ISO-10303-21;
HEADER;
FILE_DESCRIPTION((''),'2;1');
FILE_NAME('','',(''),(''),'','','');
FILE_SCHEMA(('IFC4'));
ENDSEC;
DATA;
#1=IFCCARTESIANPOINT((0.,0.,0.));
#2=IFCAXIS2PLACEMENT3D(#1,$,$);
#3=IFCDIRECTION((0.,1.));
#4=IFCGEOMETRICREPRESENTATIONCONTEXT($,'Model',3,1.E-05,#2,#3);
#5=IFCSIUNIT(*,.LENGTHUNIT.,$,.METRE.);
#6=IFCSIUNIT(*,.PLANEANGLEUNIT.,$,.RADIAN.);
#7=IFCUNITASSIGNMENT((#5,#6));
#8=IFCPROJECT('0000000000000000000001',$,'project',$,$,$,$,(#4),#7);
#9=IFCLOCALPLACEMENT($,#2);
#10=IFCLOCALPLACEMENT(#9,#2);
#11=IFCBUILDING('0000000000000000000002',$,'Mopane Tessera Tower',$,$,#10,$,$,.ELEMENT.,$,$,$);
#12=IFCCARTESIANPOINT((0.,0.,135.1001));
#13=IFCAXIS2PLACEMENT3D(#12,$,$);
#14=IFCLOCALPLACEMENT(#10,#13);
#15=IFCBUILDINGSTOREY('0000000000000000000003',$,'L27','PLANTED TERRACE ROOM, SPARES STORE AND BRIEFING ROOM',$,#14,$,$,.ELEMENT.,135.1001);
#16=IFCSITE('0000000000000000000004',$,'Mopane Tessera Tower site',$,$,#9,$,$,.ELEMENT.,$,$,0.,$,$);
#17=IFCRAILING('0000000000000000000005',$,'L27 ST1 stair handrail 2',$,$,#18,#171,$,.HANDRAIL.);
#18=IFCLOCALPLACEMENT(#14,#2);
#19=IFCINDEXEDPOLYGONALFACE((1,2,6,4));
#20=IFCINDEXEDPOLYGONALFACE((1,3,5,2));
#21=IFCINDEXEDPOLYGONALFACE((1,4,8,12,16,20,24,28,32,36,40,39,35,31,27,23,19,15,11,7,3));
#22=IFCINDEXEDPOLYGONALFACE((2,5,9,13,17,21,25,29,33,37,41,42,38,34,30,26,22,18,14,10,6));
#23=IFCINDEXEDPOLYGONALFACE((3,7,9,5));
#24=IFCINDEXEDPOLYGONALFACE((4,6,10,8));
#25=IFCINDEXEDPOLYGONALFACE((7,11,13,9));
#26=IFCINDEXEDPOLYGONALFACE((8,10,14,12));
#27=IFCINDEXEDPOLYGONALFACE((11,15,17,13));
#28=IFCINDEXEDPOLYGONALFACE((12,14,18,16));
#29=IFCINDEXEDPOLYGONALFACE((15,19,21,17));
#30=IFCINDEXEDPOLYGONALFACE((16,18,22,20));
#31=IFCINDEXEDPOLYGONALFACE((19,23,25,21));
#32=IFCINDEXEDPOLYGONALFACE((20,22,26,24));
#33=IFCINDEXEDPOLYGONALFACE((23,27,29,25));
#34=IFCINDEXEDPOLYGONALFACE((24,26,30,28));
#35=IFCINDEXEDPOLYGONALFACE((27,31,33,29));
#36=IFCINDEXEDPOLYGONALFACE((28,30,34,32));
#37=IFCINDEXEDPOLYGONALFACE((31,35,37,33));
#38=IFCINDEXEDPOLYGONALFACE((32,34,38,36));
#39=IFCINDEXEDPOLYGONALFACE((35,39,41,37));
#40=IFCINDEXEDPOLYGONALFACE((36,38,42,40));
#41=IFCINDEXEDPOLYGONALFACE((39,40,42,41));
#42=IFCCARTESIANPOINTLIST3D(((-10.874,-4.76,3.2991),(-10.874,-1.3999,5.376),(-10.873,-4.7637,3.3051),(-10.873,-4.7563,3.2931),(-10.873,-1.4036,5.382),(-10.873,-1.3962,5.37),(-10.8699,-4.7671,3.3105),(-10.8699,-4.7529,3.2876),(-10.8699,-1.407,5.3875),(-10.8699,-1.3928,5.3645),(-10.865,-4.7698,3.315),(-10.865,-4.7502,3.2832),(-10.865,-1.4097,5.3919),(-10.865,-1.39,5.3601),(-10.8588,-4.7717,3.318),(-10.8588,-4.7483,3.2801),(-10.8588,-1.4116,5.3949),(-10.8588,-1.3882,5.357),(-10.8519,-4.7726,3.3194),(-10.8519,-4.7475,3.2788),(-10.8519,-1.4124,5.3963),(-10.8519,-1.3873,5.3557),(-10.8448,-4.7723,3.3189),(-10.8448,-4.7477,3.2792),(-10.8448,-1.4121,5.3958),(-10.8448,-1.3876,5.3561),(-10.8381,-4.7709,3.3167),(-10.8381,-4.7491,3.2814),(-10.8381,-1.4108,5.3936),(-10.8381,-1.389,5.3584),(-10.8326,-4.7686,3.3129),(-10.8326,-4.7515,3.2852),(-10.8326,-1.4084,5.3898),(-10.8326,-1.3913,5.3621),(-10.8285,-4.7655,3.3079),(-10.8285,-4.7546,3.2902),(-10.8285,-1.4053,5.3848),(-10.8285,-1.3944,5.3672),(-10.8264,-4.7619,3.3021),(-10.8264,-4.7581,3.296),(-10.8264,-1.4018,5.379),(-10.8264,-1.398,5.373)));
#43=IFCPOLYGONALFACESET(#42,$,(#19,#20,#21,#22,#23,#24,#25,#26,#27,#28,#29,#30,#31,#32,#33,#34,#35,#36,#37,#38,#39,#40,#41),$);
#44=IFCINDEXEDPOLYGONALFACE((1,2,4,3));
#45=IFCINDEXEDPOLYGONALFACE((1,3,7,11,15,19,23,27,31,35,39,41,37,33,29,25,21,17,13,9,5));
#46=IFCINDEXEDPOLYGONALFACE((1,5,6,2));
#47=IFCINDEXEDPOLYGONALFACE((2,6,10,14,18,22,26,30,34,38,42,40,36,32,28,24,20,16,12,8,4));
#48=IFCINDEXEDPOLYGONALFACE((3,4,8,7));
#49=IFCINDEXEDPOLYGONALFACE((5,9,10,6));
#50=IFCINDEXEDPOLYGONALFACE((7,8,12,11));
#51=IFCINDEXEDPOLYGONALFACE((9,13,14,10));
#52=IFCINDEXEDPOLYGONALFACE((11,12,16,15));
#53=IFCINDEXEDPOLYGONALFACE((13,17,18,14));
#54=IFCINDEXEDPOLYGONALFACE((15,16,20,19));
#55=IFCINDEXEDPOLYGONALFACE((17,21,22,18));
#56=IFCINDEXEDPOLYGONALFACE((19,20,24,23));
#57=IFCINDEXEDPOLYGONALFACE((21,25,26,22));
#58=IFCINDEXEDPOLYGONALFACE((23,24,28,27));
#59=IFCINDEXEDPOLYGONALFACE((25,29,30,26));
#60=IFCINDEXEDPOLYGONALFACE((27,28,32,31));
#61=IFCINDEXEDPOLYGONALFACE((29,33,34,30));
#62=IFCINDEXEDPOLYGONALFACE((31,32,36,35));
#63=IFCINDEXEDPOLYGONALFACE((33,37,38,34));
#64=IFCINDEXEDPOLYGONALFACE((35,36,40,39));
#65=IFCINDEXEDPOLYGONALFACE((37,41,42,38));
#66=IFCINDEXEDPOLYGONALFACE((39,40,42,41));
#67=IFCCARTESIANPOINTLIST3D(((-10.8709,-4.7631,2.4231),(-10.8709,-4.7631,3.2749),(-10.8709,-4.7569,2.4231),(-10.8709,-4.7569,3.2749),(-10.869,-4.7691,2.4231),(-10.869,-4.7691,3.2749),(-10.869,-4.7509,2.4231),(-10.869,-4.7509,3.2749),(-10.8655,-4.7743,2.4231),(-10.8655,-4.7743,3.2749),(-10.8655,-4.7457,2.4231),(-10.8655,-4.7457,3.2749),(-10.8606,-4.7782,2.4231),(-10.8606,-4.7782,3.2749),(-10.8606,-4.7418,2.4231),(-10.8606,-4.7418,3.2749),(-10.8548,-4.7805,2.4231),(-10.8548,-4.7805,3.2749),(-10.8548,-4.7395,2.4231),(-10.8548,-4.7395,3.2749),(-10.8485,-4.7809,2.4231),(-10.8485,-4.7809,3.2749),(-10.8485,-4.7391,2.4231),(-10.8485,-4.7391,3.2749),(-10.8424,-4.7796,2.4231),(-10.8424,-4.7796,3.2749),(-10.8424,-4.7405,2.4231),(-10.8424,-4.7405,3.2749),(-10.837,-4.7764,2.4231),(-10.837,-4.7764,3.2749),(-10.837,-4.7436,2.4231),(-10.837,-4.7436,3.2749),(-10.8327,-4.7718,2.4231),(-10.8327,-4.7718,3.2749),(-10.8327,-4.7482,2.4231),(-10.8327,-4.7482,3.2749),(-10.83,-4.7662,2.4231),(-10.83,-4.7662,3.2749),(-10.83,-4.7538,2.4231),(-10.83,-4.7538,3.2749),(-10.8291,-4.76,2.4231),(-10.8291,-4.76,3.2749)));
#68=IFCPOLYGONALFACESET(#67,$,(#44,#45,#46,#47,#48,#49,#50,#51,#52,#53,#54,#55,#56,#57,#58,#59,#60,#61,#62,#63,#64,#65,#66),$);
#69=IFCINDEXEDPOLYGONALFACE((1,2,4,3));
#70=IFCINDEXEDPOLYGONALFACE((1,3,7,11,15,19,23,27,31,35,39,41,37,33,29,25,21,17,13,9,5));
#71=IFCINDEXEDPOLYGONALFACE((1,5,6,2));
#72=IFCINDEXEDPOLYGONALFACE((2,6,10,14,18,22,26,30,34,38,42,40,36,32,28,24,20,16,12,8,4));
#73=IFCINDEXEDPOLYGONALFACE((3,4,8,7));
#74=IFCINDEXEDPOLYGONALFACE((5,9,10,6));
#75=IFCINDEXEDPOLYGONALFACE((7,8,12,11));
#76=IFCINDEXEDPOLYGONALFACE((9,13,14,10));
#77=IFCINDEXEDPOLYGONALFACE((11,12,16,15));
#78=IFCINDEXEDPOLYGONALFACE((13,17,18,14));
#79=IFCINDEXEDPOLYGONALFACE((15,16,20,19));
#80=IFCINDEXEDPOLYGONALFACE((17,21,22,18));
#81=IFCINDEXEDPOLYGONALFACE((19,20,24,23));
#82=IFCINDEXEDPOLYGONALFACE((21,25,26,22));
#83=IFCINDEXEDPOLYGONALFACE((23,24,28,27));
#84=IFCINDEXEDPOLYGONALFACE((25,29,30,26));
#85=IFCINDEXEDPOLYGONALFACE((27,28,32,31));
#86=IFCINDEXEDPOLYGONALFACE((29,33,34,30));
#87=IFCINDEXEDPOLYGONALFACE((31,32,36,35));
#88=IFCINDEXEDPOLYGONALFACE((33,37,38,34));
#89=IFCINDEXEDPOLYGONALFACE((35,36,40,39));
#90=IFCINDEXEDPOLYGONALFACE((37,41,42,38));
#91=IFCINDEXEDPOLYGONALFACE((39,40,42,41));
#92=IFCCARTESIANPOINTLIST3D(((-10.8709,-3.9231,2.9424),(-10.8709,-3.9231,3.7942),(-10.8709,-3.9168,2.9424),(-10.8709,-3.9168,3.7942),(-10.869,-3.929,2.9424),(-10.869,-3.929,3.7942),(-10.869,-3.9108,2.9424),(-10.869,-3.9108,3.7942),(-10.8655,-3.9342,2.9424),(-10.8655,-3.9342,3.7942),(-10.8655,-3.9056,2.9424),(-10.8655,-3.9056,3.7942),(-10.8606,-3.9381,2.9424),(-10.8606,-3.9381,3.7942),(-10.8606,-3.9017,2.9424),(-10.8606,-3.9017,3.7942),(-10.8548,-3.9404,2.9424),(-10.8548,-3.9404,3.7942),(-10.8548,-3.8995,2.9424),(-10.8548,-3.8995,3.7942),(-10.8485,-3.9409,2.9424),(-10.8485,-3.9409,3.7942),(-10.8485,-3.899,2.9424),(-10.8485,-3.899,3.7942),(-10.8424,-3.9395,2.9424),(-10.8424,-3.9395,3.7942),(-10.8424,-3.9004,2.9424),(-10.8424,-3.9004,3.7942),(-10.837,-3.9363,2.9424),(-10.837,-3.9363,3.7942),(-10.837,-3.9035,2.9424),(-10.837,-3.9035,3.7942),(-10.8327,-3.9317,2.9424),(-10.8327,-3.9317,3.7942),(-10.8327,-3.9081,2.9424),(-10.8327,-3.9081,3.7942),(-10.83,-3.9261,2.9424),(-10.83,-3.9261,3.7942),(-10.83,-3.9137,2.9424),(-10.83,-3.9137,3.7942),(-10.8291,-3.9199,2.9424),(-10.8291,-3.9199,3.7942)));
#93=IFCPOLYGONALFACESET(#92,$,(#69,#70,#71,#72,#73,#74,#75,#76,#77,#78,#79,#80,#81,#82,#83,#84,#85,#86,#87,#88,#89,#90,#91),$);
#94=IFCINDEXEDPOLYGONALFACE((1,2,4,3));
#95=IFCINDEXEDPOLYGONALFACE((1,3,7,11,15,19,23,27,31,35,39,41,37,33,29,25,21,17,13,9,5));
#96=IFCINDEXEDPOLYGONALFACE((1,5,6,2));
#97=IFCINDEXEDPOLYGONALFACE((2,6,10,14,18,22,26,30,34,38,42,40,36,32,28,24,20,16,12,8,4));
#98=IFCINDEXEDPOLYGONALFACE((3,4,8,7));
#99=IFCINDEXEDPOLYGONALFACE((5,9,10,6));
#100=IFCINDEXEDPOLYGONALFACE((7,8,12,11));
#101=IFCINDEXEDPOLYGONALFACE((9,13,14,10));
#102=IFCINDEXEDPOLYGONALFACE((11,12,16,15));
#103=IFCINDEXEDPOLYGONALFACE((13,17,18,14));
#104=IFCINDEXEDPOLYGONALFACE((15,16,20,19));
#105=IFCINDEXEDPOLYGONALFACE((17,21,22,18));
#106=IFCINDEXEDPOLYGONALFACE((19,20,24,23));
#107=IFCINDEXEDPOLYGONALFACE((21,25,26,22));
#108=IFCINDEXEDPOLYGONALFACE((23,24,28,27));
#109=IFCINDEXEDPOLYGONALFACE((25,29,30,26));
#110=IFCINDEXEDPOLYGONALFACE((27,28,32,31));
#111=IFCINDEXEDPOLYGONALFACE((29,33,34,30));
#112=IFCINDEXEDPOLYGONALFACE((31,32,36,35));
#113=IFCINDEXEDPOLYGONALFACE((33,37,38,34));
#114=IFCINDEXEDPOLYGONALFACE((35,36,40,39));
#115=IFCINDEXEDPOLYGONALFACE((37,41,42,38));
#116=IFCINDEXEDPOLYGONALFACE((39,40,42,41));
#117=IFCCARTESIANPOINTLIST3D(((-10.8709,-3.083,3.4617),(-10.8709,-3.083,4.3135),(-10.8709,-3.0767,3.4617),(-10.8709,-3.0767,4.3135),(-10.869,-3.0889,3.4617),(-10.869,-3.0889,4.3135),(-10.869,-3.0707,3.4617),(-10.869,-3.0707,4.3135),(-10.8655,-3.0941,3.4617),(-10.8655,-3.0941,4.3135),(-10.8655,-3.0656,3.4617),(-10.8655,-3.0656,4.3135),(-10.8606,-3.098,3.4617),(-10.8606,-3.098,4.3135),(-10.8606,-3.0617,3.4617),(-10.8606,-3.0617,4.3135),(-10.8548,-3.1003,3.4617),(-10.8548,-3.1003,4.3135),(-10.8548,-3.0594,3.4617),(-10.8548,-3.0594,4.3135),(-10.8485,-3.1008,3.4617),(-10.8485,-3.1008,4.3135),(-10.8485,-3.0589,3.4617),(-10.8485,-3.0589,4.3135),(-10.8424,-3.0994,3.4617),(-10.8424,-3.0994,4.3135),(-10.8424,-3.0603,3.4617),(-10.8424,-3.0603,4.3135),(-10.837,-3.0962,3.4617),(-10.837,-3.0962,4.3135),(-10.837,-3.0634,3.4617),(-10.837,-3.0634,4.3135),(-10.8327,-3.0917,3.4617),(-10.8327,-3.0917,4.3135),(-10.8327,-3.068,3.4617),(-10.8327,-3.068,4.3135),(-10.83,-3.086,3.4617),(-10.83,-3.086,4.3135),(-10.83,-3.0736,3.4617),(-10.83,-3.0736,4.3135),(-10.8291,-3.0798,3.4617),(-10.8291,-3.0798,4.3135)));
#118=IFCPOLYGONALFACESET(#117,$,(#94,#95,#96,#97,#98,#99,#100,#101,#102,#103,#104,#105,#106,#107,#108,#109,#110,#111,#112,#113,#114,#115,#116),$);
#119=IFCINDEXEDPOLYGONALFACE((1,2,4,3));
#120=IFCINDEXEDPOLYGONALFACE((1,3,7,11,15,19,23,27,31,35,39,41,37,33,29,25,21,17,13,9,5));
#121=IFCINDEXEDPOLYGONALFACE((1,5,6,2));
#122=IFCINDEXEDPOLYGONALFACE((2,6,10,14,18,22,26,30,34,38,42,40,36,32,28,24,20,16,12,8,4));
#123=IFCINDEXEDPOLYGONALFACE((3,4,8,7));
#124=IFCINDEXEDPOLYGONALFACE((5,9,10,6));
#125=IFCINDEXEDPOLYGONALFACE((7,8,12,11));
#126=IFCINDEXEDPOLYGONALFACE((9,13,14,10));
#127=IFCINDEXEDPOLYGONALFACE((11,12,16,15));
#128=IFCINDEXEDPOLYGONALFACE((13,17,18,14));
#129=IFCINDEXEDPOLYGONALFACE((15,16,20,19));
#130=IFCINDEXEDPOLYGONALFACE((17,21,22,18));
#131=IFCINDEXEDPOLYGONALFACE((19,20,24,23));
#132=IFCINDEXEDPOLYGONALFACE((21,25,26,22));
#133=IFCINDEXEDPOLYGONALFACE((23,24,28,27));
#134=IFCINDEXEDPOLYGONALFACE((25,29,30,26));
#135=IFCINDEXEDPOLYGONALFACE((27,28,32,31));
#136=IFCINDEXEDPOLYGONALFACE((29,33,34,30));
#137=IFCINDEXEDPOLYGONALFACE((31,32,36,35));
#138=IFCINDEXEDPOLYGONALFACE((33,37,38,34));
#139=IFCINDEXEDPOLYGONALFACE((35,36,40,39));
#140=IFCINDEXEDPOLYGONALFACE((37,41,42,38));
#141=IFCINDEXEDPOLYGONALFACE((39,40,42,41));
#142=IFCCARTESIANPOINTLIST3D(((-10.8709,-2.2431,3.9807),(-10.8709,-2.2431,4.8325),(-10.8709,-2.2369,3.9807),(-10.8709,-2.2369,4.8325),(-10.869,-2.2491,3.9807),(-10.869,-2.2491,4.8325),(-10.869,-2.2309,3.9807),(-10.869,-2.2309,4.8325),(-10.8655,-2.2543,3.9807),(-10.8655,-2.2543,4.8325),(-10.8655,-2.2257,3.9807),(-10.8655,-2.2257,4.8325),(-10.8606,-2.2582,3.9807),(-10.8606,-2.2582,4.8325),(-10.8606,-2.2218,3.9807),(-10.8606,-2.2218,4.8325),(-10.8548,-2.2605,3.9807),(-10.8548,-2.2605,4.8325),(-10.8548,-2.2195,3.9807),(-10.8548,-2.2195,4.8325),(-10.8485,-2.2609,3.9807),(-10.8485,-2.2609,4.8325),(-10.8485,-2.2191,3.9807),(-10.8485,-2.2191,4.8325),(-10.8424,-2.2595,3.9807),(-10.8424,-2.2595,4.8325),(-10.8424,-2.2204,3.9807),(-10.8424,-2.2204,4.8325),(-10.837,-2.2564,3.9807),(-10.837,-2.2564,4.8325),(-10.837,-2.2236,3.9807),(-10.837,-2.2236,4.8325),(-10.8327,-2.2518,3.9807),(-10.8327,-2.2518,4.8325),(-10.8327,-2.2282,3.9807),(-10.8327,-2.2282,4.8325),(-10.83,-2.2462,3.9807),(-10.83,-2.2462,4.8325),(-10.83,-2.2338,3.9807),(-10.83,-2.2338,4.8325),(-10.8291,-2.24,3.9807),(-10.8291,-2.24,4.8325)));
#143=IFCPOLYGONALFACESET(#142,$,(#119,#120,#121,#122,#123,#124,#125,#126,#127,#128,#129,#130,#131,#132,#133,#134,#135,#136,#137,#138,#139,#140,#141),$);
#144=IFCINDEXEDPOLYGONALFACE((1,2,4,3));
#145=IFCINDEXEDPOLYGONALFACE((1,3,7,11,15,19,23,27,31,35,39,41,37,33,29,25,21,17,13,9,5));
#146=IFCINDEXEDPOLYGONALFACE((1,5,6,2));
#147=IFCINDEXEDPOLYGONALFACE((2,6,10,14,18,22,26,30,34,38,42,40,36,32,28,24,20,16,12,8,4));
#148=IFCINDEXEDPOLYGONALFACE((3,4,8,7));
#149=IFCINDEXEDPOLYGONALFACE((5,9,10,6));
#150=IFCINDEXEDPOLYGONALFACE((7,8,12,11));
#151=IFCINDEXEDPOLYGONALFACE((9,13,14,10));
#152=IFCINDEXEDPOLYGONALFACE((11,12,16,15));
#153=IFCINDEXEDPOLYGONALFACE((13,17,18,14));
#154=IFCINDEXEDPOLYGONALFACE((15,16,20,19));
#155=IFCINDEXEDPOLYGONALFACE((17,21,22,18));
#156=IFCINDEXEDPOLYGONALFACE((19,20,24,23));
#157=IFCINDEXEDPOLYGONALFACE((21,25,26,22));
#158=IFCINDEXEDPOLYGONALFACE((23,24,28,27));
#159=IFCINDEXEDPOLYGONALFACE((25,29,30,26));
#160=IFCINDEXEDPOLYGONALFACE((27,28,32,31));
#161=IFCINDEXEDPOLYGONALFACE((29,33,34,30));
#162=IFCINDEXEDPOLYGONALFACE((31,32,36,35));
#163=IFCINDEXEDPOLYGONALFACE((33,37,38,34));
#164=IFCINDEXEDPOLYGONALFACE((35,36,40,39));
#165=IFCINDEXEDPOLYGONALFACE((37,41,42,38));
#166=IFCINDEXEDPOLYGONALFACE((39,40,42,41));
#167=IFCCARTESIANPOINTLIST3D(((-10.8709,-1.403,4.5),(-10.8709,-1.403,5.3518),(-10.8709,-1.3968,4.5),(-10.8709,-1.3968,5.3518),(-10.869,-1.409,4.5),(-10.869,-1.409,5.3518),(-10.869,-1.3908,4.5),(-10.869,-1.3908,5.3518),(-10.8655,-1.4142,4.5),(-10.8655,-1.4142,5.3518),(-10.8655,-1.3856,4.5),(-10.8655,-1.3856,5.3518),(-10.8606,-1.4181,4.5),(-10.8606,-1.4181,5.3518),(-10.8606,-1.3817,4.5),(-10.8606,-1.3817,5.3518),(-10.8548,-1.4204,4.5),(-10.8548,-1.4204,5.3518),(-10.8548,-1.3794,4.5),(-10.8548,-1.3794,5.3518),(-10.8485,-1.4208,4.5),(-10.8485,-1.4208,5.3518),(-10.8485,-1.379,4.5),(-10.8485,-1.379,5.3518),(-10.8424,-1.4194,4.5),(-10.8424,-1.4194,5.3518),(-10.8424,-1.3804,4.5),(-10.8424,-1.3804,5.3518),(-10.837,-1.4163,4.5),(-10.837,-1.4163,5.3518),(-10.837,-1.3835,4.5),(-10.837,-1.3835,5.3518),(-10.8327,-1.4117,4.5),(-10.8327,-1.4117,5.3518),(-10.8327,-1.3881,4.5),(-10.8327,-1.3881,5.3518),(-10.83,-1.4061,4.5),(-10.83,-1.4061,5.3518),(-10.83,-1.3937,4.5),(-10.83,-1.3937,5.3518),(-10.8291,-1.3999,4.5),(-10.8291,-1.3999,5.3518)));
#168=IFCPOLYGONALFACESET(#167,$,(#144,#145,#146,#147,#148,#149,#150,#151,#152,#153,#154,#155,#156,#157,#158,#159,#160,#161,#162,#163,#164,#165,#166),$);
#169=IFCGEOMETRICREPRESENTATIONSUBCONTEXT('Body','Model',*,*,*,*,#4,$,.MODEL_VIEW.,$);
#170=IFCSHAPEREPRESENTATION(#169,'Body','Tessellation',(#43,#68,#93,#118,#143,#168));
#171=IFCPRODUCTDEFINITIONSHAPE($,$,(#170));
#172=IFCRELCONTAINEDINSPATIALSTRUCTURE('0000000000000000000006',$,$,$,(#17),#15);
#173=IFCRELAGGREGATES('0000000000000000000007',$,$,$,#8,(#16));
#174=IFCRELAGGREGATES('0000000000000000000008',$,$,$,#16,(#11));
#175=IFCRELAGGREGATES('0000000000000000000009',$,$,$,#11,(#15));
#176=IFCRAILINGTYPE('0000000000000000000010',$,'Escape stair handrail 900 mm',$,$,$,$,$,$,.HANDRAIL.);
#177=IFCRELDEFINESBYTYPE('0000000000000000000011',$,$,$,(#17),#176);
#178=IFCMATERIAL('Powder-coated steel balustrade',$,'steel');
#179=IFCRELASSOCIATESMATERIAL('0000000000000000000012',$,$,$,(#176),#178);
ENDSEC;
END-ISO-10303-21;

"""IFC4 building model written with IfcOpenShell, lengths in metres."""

from ifc_helpers import new_model, si_unit, direction, frame, origin, origin_2d, place, context, subcontext, project, spatial, circle, extrude, material, type_object, element, save


model = new_model("IFC4")

# Units and contexts
model_context = context("Model", 3, precision=1e-05, world=origin(), true_north=direction((0.0, 1.0)))
body_context = subcontext(model_context, "Body", "Model", "MODEL_VIEW")
ifc_project = project(units=[si_unit("LENGTHUNIT", "METRE"), si_unit("PLANEANGLEUNIT", "RADIAN")], contexts=[model_context])

# Site, building, storey
site_placement = place(None, origin())
site = spatial("IfcSite", under=ifc_project, at=site_placement, Name="Mopane Tessera Tower site", CompositionType="ELEMENT", RefElevation=0.0)
building_placement = place(site_placement, origin())
building = spatial("IfcBuilding", under=site, at=building_placement, Name="Mopane Tessera Tower", CompositionType="ELEMENT")
storey_placement = place(building_placement, frame((0.0, 0.0, 135.1001)))
storey = spatial("IfcBuildingStorey", under=building, at=storey_placement, Name="L27", Description="PLANTED TERRACE ROOM, SPARES STORE AND BRIEFING ROOM", CompositionType="ELEMENT", Elevation=135.1001)

# Railing
ifc_material_1 = material(Name="Powder-coated steel balustrade", Category="steel")
railing_type_1 = type_object("IfcRailingType", Name="Escape stair handrail 900 mm", PredefinedType="HANDRAIL", material=ifc_material_1)
railing_1_placement = place(storey_placement, frame((-10.8501, -4.76, 2.4231)))
element("IfcRailing", 1, at=railing_1_placement, inside=storey, type_object=railing_type_1, Name="L27 ST1 stair handrail 2", PredefinedType="HANDRAIL", context=body_context, shape_type="SweptSolid", body=[
    extrude(circle(Radius=0.0239, at=origin_2d()), frame((0.0, 0.0, 0.876), z_axis=(0.0, 0.850623, 0.525776), x_axis=(-1.0, 0.0, 0.0)), (0.0, 0.0, 1.0), 3.9502),
    extrude(circle(Radius=0.021, at=origin_2d()), origin(), (0.0, 0.0, 1.0), 0.8518),
    extrude(circle(Radius=0.021, at=origin_2d()), frame((0.0, 0.8401, 0.5193)), (0.0, 0.0, 1.0), 0.8518),
    extrude(circle(Radius=0.021, at=origin_2d()), frame((0.0, 1.6802, 1.0386)), (0.0, 0.0, 1.0), 0.8518),
    extrude(circle(Radius=0.021, at=origin_2d()), frame((0.0, 2.52, 1.5576)), (0.0, 0.0, 1.0), 0.8518),
    extrude(circle(Radius=0.021, at=origin_2d()), frame((0.0, 3.3601, 2.0769)), (0.0, 0.0, 1.0), 0.8518),
])

save(model, "model.ifc")
